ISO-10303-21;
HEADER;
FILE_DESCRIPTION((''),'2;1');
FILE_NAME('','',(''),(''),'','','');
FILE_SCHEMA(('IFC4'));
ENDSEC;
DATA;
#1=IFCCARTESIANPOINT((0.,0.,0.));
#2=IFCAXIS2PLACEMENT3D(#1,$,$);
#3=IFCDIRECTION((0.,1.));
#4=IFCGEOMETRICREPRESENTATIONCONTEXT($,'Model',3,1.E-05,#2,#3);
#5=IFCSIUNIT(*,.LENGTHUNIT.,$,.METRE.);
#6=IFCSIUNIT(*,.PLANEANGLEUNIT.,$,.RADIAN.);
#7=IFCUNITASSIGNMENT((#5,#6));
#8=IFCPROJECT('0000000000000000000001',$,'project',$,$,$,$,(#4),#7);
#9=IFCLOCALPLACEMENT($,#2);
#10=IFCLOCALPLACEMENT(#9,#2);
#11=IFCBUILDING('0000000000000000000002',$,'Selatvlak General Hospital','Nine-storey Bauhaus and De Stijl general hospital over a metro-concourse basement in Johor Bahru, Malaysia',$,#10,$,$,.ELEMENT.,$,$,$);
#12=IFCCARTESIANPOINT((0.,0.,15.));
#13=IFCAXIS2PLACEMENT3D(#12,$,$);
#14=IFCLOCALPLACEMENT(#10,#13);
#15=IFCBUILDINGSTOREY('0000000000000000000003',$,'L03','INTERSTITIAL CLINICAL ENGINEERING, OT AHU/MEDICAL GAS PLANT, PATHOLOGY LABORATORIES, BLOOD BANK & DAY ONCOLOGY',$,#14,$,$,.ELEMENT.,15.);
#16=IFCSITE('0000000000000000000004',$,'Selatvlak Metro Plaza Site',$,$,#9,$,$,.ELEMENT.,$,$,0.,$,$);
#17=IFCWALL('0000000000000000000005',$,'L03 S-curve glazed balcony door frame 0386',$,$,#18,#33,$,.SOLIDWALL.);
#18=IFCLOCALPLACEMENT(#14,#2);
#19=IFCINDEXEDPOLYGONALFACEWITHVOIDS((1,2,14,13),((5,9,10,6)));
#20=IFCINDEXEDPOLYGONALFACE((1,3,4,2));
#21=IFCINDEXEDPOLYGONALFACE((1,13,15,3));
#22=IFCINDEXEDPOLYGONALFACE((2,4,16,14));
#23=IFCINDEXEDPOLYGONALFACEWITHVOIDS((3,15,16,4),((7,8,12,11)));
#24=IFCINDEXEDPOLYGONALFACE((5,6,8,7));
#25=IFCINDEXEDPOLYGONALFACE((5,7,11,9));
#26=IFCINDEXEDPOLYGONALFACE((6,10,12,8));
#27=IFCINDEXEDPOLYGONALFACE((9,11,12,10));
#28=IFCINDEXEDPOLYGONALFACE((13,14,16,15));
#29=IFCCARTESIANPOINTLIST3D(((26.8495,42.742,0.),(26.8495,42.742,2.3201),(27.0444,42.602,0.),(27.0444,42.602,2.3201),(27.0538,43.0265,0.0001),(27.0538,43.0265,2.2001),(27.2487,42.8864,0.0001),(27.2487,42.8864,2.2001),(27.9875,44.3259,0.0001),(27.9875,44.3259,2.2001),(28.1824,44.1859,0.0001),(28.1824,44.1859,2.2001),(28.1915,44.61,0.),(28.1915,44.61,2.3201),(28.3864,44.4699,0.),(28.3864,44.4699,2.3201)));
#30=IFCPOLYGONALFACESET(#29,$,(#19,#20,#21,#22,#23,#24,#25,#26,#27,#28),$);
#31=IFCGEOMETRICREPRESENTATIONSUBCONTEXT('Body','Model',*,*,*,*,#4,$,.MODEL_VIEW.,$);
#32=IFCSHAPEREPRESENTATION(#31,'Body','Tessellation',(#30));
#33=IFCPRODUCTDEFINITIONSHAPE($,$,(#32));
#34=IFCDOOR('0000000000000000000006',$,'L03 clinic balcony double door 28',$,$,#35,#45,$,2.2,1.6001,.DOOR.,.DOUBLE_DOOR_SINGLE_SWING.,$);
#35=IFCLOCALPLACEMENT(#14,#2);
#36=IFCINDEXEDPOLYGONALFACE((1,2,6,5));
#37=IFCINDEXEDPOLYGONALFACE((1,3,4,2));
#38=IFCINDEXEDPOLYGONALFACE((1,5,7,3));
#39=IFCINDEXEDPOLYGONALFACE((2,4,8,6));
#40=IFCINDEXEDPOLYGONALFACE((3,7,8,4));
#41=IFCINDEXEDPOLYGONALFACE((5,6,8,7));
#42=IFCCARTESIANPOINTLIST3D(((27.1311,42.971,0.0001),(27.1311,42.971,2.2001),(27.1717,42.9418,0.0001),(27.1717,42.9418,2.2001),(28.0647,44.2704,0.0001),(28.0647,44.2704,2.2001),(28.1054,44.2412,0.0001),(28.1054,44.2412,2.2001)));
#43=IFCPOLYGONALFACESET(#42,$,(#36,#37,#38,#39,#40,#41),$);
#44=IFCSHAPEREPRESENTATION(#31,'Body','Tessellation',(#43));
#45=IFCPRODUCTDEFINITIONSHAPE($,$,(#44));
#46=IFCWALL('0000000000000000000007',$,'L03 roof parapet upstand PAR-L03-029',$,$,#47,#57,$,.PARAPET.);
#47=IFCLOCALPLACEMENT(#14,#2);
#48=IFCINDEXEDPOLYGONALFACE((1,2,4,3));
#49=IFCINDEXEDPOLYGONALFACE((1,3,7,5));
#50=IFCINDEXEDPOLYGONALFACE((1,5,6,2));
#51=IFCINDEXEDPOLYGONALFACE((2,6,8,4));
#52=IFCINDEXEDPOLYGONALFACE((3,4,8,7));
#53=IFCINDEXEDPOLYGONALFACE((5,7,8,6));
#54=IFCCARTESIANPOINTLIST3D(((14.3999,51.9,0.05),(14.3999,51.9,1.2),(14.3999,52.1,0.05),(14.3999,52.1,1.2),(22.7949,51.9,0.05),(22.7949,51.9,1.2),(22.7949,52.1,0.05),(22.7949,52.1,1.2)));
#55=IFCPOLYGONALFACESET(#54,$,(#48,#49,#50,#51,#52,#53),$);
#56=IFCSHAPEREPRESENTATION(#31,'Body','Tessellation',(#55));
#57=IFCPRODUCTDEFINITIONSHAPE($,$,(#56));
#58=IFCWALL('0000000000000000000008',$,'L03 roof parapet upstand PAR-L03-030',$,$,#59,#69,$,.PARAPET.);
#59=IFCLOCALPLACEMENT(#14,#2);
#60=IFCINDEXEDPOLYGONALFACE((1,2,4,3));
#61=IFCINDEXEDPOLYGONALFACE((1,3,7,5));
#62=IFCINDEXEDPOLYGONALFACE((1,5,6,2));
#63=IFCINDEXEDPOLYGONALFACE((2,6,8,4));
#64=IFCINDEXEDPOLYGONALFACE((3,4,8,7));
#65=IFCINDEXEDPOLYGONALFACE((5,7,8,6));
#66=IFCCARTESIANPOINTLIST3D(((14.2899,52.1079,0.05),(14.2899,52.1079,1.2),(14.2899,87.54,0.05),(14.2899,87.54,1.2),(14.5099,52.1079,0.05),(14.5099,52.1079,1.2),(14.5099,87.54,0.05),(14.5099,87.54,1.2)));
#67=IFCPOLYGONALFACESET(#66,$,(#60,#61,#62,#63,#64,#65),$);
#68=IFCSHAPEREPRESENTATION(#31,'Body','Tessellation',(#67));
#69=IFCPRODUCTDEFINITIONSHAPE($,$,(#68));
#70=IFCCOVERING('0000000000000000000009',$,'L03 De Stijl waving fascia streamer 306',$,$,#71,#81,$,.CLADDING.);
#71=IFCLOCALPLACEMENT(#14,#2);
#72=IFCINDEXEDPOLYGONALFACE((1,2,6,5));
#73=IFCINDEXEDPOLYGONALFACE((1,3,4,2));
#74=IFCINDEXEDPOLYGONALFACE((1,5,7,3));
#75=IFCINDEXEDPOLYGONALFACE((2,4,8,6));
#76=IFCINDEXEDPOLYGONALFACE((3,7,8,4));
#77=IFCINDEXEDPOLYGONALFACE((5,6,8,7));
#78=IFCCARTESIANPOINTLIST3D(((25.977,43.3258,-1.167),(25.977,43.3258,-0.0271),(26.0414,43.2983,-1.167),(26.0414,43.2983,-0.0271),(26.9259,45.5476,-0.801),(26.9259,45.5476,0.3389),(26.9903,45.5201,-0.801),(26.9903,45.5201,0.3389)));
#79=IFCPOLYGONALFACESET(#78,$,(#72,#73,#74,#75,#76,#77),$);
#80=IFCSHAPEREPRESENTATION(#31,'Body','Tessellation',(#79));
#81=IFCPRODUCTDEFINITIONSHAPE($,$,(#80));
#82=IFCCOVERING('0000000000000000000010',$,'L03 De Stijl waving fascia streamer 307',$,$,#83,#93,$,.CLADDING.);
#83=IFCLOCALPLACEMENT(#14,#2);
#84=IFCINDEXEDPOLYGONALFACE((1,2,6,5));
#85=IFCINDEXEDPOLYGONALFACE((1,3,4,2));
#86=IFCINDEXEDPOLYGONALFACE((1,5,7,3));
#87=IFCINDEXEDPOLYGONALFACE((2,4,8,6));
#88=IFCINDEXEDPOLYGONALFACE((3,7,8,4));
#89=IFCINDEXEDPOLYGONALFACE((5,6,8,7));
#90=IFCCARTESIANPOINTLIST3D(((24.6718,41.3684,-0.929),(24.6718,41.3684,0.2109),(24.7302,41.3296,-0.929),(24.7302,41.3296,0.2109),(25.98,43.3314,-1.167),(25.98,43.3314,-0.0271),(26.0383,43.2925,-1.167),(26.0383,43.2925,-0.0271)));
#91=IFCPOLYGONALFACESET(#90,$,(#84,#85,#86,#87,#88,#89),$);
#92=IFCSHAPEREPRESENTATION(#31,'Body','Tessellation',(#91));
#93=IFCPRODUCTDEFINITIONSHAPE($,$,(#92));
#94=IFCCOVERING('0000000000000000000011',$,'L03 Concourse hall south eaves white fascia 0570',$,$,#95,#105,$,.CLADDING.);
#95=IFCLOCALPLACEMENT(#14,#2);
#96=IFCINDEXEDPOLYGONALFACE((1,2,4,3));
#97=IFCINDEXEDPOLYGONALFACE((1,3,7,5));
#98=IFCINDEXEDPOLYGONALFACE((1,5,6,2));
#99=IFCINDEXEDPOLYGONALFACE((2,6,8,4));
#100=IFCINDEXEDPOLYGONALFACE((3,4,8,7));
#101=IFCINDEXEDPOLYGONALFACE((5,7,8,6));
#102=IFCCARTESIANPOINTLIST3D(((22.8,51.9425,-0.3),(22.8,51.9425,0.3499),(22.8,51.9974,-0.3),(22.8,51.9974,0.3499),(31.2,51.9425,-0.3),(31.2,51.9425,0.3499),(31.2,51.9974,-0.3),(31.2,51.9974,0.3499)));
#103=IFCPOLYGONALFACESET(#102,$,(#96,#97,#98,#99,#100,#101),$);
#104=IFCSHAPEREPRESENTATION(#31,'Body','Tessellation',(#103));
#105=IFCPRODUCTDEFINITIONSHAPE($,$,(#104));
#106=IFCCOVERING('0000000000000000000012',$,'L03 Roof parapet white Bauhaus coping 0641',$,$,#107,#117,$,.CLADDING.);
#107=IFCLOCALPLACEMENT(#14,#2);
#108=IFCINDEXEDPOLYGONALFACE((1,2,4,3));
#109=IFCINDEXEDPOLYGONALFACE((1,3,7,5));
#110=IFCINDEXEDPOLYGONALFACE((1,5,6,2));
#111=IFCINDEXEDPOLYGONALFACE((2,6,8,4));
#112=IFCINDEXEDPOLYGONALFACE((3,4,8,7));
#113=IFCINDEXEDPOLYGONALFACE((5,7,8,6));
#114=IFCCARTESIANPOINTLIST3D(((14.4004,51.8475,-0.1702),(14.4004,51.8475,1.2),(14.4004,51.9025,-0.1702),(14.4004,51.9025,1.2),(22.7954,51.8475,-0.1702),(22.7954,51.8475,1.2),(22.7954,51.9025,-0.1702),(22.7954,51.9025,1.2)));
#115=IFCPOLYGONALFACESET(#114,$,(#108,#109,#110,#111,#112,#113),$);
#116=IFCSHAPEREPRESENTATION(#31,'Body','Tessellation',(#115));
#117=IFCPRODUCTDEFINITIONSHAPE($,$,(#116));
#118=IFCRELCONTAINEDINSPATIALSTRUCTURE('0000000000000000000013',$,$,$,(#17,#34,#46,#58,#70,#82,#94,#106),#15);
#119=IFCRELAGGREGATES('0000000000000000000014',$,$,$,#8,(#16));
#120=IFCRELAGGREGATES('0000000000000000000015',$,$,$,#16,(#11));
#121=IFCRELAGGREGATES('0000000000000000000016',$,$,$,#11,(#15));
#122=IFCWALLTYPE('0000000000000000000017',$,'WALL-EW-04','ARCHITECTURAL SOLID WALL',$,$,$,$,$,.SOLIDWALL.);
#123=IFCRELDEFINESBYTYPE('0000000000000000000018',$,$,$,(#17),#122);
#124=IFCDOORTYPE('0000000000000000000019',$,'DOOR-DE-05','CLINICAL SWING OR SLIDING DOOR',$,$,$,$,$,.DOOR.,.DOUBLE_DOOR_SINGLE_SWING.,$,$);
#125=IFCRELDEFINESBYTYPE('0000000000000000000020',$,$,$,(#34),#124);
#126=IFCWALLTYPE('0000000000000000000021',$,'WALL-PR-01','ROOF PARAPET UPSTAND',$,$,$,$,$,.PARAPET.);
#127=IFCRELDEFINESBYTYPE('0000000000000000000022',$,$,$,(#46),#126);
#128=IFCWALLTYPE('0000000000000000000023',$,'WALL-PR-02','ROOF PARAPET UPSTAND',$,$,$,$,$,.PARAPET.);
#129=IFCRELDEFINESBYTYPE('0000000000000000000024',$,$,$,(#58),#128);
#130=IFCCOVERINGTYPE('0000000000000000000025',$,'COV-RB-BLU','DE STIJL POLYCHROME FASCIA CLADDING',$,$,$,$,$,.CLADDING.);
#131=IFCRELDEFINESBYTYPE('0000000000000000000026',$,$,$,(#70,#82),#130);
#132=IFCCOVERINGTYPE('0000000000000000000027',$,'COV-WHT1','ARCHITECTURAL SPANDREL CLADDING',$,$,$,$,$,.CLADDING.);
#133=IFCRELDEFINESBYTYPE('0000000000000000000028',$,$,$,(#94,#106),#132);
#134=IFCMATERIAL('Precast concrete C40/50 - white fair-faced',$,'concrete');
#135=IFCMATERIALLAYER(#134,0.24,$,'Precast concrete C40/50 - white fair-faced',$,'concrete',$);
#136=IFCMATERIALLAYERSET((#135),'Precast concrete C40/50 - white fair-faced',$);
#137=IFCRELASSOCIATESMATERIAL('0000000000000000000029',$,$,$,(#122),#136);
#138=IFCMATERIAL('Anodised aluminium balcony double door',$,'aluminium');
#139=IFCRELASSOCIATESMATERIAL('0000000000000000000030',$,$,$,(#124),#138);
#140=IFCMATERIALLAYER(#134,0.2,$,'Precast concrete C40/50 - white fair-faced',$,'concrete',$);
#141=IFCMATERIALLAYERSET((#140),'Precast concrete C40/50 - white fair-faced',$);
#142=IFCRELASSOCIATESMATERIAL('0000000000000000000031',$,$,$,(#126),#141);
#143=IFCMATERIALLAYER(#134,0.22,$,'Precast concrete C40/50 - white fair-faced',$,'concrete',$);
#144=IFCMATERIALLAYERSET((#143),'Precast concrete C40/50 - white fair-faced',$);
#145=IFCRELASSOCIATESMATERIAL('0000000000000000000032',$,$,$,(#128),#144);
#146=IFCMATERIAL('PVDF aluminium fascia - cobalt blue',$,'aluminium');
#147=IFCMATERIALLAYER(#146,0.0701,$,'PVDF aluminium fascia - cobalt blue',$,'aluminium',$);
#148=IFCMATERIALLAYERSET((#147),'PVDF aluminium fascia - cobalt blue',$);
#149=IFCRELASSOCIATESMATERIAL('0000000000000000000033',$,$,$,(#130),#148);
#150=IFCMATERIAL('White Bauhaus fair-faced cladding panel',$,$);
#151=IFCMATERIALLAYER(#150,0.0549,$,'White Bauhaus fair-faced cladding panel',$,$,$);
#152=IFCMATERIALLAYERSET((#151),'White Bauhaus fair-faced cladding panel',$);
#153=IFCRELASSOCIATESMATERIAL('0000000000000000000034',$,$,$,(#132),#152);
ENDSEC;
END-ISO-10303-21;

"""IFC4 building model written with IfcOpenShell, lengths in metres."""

from ifc_helpers import new_model, si_unit, direction, frame, frame_2d, origin, origin_2d, place, context, subcontext, project, spatial, polyline, rectangle, outline, extrude, material, layer, layer_set, type_object, element, fill, save


model = new_model("IFC4")

# Units and contexts
model_context = context("Model", 3, precision=1e-05, world=origin(), true_north=direction((0.0, 1.0)))
body_context = subcontext(model_context, "Body", "Model", "MODEL_VIEW")
ifc_project = project(units=[si_unit("LENGTHUNIT", "METRE"), si_unit("PLANEANGLEUNIT", "RADIAN")], contexts=[model_context])

# Site, building, storey
site_placement = place(None, origin())
site = spatial("IfcSite", under=ifc_project, at=site_placement, Name="Selatvlak Metro Plaza Site", CompositionType="ELEMENT", RefElevation=0.0)
building_placement = place(site_placement, origin())
building = spatial("IfcBuilding", under=site, at=building_placement, Name="Selatvlak General Hospital", Description="Nine-storey Bauhaus and De Stijl general hospital over a metro-concourse basement in Johor Bahru, Malaysia", CompositionType="ELEMENT")
storey_placement = place(building_placement, frame((0.0, 0.0, 15.0)))
storey = spatial("IfcBuildingStorey", under=building, at=storey_placement, Name="L03", Description="INTERSTITIAL CLINICAL ENGINEERING, OT AHU/MEDICAL GAS PLANT, PATHOLOGY LABORATORIES, BLOOD BANK & DAY ONCOLOGY", CompositionType="ELEMENT", Elevation=15.0)

# Wall, opening, door
ifc_material_1 = material(Name="Precast concrete C40/50 - white fair-faced", Category="concrete")
ifc_layer_1 = layer(ifc_material_1, 0.24, Name="Precast concrete C40/50 - white fair-faced", Category="concrete")
ifc_layer_set_1 = layer_set([ifc_layer_1], Name="Precast concrete C40/50 - white fair-faced")
wall_type_1 = type_object("IfcWallType", Name="WALL-EW-04", Description="ARCHITECTURAL SOLID WALL", PredefinedType="SOLIDWALL", material=ifc_layer_set_1)
wall_1_placement = place(storey_placement, frame((26.947, 42.6721, 0.0), z_axis=(0.0, 0.0, 1.0), x_axis=(0.583485, 0.812124, 0.0)))
wall_1 = element("IfcWall", 1, at=wall_1_placement, inside=storey, type_object=wall_type_1, Name="L03 S-curve glazed balcony door frame 0386", PredefinedType="SOLIDWALL", context=body_context, shape_type="SweptSolid", body=[
    extrude(rectangle(XDim=2.3, YDim=0.24, at=frame_2d((1.1499, 0.0))), origin(), (0.0, 0.0, 1.0), 2.3201),
])
opening_placement = place(wall_1_placement, frame((0.3501, 0.0, 0.0)))
opening = element("IfcOpeningElement", 2, at=opening_placement, cuts=wall_1, PredefinedType="OPENING", context=body_context, shape_type="SweptSolid", body=[
    extrude(rectangle(XDim=1.6001, YDim=2.2, at=frame_2d((0.8, 1.1001))), frame((0.0, 0.1299, 0.0), z_axis=(0.0, -1.0, 0.0), x_axis=(1.0, 0.0, 0.0)), (0.0, 0.0, 1.0), 0.26),
])
ifc_material_2 = material(Name="Anodised aluminium balcony double door", Category="aluminium")
door_type = type_object("IfcDoorType", Name="DOOR-DE-05", Description="CLINICAL SWING OR SLIDING DOOR", OperationType="DOUBLE_DOOR_SINGLE_SWING", PredefinedType="DOOR", material=ifc_material_2)
door_placement = place(opening_placement, origin())
door = element("IfcDoor", 3, at=door_placement, inside=storey, type_object=door_type, Name="L03 clinic balcony double door 28", OperationType="DOUBLE_DOOR_SINGLE_SWING", OverallHeight=2.2, OverallWidth=1.6001, PredefinedType="DOOR", context=body_context, shape_type="SweptSolid", body=[
    extrude(rectangle(XDim=1.6001, YDim=2.2, at=frame_2d((0.8, 1.1001))), frame((0.0, 0.0249, 0.0), z_axis=(0.0, -1.0, 0.0), x_axis=(1.0, 0.0, 0.0)), (0.0, 0.0, 1.0), 0.05),
])
fill(opening, door)

# Walls
ifc_layer_2 = layer(ifc_material_1, 0.2, Name="Precast concrete C40/50 - white fair-faced", Category="concrete")
ifc_layer_set_2 = layer_set([ifc_layer_2], Name="Precast concrete C40/50 - white fair-faced")
wall_type_2 = type_object("IfcWallType", Name="WALL-PR-01", Description="ROOF PARAPET UPSTAND", PredefinedType="PARAPET", material=ifc_layer_set_2)
wall_2_placement = place(storey_placement, frame((22.7949, 52.0, 0.05), z_axis=(0.0, 0.0, 1.0), x_axis=(-1.0, 0.0, 0.0)))
element("IfcWall", 4, at=wall_2_placement, inside=storey, type_object=wall_type_2, Name="L03 roof parapet upstand PAR-L03-029", PredefinedType="PARAPET", context=body_context, shape_type="SweptSolid", body=[
    extrude(rectangle(XDim=8.395, YDim=0.2, at=frame_2d((4.1975, 0.0))), origin(), (0.0, 0.0, 1.0), 1.1499),
])
ifc_layer_3 = layer(ifc_material_1, 0.22, Name="Precast concrete C40/50 - white fair-faced", Category="concrete")
ifc_layer_set_3 = layer_set([ifc_layer_3], Name="Precast concrete C40/50 - white fair-faced")
wall_type_3 = type_object("IfcWallType", Name="WALL-PR-02", Description="ROOF PARAPET UPSTAND", PredefinedType="PARAPET", material=ifc_layer_set_3)
wall_3_placement = place(storey_placement, frame((14.3999, 52.1079, 0.05), z_axis=(0.0, 0.0, 1.0), x_axis=(0.0, 1.0, 0.0)))
element("IfcWall", 5, at=wall_3_placement, inside=storey, type_object=wall_type_3, Name="L03 roof parapet upstand PAR-L03-030", PredefinedType="PARAPET", context=body_context, shape_type="SweptSolid", body=[
    extrude(rectangle(XDim=35.4321, YDim=0.22, at=frame_2d((17.7161, 0.0))), origin(), (0.0, 0.0, 1.0), 1.1499),
])

# Coverings
ifc_material_3 = material(Name="PVDF aluminium fascia - cobalt blue", Category="aluminium")
ifc_layer_4 = layer(ifc_material_3, 0.0701, Name="PVDF aluminium fascia - cobalt blue", Category="aluminium")
ifc_layer_set_4 = layer_set([ifc_layer_4], Name="PVDF aluminium fascia - cobalt blue")
covering_type_1 = type_object("IfcCoveringType", Name="COV-RB-BLU", Description="DE STIJL POLYCHROME FASCIA CLADDING", PredefinedType="CLADDING", material=ifc_layer_set_4)
covering_1_placement = place(storey_placement, frame((26.958, 45.5339, -0.801), z_axis=(0.0, 0.0, 1.0), x_axis=(-0.392773, -0.919636, 0.0)))
element("IfcCovering", 6, at=covering_1_placement, inside=storey, type_object=covering_type_1, Name="L03 De Stijl waving fascia streamer 306", PredefinedType="CLADDING", context=body_context, shape_type="SweptSolid", body=[
    extrude(outline(polyline([(0.0, 0.0), (2.416, -0.366), (2.416, 0.7739), (0.0, 1.1399), (0.0, 0.0)])), frame((0.0, 0.0352, 0.0), z_axis=(0.0, -1.0, 0.0), x_axis=(1.0, 0.0, 0.0)), (0.0, 0.0, 1.0), 0.0701),
])
covering_2_placement = place(storey_placement, frame((26.009, 43.312, -1.167), z_axis=(0.0, 0.0, 1.0), x_axis=(-0.554557, -0.832146, 0.0)))
element("IfcCovering", 7, at=covering_2_placement, inside=storey, type_object=covering_type_1, Name="L03 De Stijl waving fascia streamer 307", PredefinedType="CLADDING", context=body_context, shape_type="SweptSolid", body=[
    extrude(outline(polyline([(0.0, 0.0), (2.3589, 0.238), (2.3589, 1.3779), (0.0, 1.1399), (0.0, 0.0)])), frame((0.0, 0.0352, 0.0), z_axis=(0.0, -1.0, 0.0), x_axis=(1.0, 0.0, 0.0)), (0.0, 0.0, 1.0), 0.0701),
])
ifc_material_4 = material(Name="White Bauhaus fair-faced cladding panel")
ifc_layer_5 = layer(ifc_material_4, 0.0549, Name="White Bauhaus fair-faced cladding panel")
ifc_layer_set_5 = layer_set([ifc_layer_5], Name="White Bauhaus fair-faced cladding panel")
covering_type_2 = type_object("IfcCoveringType", Name="COV-WHT1", Description="ARCHITECTURAL SPANDREL CLADDING", PredefinedType="CLADDING", material=ifc_layer_set_5)
covering_3_placement = place(storey_placement, frame((27.0, 51.97, -0.3), z_axis=(0.0, 0.0, 1.0), x_axis=(1.0, 0.0, 0.0)))
element("IfcCovering", 8, at=covering_3_placement, inside=storey, type_object=covering_type_2, Name="L03 Concourse hall south eaves white fascia 0570", PredefinedType="CLADDING", context=body_context, shape_type="SweptSolid", body=[
    extrude(rectangle(XDim=8.3999, YDim=0.0549, at=origin_2d()), origin(), (0.0, 0.0, 1.0), 0.6499),
])
covering_4_placement = place(storey_placement, frame((18.5979, 51.875, -0.1702), z_axis=(0.0, 0.0, 1.0), x_axis=(-1.0, 0.0, 0.0)))
element("IfcCovering", 9, at=covering_4_placement, inside=storey, type_object=covering_type_2, Name="L03 Roof parapet white Bauhaus coping 0641", PredefinedType="CLADDING", context=body_context, shape_type="SweptSolid", body=[
    extrude(rectangle(XDim=8.395, YDim=0.0549, at=origin_2d()), origin(), (0.0, 0.0, 1.0), 1.3701),
])

save(model, "model.ifc")
